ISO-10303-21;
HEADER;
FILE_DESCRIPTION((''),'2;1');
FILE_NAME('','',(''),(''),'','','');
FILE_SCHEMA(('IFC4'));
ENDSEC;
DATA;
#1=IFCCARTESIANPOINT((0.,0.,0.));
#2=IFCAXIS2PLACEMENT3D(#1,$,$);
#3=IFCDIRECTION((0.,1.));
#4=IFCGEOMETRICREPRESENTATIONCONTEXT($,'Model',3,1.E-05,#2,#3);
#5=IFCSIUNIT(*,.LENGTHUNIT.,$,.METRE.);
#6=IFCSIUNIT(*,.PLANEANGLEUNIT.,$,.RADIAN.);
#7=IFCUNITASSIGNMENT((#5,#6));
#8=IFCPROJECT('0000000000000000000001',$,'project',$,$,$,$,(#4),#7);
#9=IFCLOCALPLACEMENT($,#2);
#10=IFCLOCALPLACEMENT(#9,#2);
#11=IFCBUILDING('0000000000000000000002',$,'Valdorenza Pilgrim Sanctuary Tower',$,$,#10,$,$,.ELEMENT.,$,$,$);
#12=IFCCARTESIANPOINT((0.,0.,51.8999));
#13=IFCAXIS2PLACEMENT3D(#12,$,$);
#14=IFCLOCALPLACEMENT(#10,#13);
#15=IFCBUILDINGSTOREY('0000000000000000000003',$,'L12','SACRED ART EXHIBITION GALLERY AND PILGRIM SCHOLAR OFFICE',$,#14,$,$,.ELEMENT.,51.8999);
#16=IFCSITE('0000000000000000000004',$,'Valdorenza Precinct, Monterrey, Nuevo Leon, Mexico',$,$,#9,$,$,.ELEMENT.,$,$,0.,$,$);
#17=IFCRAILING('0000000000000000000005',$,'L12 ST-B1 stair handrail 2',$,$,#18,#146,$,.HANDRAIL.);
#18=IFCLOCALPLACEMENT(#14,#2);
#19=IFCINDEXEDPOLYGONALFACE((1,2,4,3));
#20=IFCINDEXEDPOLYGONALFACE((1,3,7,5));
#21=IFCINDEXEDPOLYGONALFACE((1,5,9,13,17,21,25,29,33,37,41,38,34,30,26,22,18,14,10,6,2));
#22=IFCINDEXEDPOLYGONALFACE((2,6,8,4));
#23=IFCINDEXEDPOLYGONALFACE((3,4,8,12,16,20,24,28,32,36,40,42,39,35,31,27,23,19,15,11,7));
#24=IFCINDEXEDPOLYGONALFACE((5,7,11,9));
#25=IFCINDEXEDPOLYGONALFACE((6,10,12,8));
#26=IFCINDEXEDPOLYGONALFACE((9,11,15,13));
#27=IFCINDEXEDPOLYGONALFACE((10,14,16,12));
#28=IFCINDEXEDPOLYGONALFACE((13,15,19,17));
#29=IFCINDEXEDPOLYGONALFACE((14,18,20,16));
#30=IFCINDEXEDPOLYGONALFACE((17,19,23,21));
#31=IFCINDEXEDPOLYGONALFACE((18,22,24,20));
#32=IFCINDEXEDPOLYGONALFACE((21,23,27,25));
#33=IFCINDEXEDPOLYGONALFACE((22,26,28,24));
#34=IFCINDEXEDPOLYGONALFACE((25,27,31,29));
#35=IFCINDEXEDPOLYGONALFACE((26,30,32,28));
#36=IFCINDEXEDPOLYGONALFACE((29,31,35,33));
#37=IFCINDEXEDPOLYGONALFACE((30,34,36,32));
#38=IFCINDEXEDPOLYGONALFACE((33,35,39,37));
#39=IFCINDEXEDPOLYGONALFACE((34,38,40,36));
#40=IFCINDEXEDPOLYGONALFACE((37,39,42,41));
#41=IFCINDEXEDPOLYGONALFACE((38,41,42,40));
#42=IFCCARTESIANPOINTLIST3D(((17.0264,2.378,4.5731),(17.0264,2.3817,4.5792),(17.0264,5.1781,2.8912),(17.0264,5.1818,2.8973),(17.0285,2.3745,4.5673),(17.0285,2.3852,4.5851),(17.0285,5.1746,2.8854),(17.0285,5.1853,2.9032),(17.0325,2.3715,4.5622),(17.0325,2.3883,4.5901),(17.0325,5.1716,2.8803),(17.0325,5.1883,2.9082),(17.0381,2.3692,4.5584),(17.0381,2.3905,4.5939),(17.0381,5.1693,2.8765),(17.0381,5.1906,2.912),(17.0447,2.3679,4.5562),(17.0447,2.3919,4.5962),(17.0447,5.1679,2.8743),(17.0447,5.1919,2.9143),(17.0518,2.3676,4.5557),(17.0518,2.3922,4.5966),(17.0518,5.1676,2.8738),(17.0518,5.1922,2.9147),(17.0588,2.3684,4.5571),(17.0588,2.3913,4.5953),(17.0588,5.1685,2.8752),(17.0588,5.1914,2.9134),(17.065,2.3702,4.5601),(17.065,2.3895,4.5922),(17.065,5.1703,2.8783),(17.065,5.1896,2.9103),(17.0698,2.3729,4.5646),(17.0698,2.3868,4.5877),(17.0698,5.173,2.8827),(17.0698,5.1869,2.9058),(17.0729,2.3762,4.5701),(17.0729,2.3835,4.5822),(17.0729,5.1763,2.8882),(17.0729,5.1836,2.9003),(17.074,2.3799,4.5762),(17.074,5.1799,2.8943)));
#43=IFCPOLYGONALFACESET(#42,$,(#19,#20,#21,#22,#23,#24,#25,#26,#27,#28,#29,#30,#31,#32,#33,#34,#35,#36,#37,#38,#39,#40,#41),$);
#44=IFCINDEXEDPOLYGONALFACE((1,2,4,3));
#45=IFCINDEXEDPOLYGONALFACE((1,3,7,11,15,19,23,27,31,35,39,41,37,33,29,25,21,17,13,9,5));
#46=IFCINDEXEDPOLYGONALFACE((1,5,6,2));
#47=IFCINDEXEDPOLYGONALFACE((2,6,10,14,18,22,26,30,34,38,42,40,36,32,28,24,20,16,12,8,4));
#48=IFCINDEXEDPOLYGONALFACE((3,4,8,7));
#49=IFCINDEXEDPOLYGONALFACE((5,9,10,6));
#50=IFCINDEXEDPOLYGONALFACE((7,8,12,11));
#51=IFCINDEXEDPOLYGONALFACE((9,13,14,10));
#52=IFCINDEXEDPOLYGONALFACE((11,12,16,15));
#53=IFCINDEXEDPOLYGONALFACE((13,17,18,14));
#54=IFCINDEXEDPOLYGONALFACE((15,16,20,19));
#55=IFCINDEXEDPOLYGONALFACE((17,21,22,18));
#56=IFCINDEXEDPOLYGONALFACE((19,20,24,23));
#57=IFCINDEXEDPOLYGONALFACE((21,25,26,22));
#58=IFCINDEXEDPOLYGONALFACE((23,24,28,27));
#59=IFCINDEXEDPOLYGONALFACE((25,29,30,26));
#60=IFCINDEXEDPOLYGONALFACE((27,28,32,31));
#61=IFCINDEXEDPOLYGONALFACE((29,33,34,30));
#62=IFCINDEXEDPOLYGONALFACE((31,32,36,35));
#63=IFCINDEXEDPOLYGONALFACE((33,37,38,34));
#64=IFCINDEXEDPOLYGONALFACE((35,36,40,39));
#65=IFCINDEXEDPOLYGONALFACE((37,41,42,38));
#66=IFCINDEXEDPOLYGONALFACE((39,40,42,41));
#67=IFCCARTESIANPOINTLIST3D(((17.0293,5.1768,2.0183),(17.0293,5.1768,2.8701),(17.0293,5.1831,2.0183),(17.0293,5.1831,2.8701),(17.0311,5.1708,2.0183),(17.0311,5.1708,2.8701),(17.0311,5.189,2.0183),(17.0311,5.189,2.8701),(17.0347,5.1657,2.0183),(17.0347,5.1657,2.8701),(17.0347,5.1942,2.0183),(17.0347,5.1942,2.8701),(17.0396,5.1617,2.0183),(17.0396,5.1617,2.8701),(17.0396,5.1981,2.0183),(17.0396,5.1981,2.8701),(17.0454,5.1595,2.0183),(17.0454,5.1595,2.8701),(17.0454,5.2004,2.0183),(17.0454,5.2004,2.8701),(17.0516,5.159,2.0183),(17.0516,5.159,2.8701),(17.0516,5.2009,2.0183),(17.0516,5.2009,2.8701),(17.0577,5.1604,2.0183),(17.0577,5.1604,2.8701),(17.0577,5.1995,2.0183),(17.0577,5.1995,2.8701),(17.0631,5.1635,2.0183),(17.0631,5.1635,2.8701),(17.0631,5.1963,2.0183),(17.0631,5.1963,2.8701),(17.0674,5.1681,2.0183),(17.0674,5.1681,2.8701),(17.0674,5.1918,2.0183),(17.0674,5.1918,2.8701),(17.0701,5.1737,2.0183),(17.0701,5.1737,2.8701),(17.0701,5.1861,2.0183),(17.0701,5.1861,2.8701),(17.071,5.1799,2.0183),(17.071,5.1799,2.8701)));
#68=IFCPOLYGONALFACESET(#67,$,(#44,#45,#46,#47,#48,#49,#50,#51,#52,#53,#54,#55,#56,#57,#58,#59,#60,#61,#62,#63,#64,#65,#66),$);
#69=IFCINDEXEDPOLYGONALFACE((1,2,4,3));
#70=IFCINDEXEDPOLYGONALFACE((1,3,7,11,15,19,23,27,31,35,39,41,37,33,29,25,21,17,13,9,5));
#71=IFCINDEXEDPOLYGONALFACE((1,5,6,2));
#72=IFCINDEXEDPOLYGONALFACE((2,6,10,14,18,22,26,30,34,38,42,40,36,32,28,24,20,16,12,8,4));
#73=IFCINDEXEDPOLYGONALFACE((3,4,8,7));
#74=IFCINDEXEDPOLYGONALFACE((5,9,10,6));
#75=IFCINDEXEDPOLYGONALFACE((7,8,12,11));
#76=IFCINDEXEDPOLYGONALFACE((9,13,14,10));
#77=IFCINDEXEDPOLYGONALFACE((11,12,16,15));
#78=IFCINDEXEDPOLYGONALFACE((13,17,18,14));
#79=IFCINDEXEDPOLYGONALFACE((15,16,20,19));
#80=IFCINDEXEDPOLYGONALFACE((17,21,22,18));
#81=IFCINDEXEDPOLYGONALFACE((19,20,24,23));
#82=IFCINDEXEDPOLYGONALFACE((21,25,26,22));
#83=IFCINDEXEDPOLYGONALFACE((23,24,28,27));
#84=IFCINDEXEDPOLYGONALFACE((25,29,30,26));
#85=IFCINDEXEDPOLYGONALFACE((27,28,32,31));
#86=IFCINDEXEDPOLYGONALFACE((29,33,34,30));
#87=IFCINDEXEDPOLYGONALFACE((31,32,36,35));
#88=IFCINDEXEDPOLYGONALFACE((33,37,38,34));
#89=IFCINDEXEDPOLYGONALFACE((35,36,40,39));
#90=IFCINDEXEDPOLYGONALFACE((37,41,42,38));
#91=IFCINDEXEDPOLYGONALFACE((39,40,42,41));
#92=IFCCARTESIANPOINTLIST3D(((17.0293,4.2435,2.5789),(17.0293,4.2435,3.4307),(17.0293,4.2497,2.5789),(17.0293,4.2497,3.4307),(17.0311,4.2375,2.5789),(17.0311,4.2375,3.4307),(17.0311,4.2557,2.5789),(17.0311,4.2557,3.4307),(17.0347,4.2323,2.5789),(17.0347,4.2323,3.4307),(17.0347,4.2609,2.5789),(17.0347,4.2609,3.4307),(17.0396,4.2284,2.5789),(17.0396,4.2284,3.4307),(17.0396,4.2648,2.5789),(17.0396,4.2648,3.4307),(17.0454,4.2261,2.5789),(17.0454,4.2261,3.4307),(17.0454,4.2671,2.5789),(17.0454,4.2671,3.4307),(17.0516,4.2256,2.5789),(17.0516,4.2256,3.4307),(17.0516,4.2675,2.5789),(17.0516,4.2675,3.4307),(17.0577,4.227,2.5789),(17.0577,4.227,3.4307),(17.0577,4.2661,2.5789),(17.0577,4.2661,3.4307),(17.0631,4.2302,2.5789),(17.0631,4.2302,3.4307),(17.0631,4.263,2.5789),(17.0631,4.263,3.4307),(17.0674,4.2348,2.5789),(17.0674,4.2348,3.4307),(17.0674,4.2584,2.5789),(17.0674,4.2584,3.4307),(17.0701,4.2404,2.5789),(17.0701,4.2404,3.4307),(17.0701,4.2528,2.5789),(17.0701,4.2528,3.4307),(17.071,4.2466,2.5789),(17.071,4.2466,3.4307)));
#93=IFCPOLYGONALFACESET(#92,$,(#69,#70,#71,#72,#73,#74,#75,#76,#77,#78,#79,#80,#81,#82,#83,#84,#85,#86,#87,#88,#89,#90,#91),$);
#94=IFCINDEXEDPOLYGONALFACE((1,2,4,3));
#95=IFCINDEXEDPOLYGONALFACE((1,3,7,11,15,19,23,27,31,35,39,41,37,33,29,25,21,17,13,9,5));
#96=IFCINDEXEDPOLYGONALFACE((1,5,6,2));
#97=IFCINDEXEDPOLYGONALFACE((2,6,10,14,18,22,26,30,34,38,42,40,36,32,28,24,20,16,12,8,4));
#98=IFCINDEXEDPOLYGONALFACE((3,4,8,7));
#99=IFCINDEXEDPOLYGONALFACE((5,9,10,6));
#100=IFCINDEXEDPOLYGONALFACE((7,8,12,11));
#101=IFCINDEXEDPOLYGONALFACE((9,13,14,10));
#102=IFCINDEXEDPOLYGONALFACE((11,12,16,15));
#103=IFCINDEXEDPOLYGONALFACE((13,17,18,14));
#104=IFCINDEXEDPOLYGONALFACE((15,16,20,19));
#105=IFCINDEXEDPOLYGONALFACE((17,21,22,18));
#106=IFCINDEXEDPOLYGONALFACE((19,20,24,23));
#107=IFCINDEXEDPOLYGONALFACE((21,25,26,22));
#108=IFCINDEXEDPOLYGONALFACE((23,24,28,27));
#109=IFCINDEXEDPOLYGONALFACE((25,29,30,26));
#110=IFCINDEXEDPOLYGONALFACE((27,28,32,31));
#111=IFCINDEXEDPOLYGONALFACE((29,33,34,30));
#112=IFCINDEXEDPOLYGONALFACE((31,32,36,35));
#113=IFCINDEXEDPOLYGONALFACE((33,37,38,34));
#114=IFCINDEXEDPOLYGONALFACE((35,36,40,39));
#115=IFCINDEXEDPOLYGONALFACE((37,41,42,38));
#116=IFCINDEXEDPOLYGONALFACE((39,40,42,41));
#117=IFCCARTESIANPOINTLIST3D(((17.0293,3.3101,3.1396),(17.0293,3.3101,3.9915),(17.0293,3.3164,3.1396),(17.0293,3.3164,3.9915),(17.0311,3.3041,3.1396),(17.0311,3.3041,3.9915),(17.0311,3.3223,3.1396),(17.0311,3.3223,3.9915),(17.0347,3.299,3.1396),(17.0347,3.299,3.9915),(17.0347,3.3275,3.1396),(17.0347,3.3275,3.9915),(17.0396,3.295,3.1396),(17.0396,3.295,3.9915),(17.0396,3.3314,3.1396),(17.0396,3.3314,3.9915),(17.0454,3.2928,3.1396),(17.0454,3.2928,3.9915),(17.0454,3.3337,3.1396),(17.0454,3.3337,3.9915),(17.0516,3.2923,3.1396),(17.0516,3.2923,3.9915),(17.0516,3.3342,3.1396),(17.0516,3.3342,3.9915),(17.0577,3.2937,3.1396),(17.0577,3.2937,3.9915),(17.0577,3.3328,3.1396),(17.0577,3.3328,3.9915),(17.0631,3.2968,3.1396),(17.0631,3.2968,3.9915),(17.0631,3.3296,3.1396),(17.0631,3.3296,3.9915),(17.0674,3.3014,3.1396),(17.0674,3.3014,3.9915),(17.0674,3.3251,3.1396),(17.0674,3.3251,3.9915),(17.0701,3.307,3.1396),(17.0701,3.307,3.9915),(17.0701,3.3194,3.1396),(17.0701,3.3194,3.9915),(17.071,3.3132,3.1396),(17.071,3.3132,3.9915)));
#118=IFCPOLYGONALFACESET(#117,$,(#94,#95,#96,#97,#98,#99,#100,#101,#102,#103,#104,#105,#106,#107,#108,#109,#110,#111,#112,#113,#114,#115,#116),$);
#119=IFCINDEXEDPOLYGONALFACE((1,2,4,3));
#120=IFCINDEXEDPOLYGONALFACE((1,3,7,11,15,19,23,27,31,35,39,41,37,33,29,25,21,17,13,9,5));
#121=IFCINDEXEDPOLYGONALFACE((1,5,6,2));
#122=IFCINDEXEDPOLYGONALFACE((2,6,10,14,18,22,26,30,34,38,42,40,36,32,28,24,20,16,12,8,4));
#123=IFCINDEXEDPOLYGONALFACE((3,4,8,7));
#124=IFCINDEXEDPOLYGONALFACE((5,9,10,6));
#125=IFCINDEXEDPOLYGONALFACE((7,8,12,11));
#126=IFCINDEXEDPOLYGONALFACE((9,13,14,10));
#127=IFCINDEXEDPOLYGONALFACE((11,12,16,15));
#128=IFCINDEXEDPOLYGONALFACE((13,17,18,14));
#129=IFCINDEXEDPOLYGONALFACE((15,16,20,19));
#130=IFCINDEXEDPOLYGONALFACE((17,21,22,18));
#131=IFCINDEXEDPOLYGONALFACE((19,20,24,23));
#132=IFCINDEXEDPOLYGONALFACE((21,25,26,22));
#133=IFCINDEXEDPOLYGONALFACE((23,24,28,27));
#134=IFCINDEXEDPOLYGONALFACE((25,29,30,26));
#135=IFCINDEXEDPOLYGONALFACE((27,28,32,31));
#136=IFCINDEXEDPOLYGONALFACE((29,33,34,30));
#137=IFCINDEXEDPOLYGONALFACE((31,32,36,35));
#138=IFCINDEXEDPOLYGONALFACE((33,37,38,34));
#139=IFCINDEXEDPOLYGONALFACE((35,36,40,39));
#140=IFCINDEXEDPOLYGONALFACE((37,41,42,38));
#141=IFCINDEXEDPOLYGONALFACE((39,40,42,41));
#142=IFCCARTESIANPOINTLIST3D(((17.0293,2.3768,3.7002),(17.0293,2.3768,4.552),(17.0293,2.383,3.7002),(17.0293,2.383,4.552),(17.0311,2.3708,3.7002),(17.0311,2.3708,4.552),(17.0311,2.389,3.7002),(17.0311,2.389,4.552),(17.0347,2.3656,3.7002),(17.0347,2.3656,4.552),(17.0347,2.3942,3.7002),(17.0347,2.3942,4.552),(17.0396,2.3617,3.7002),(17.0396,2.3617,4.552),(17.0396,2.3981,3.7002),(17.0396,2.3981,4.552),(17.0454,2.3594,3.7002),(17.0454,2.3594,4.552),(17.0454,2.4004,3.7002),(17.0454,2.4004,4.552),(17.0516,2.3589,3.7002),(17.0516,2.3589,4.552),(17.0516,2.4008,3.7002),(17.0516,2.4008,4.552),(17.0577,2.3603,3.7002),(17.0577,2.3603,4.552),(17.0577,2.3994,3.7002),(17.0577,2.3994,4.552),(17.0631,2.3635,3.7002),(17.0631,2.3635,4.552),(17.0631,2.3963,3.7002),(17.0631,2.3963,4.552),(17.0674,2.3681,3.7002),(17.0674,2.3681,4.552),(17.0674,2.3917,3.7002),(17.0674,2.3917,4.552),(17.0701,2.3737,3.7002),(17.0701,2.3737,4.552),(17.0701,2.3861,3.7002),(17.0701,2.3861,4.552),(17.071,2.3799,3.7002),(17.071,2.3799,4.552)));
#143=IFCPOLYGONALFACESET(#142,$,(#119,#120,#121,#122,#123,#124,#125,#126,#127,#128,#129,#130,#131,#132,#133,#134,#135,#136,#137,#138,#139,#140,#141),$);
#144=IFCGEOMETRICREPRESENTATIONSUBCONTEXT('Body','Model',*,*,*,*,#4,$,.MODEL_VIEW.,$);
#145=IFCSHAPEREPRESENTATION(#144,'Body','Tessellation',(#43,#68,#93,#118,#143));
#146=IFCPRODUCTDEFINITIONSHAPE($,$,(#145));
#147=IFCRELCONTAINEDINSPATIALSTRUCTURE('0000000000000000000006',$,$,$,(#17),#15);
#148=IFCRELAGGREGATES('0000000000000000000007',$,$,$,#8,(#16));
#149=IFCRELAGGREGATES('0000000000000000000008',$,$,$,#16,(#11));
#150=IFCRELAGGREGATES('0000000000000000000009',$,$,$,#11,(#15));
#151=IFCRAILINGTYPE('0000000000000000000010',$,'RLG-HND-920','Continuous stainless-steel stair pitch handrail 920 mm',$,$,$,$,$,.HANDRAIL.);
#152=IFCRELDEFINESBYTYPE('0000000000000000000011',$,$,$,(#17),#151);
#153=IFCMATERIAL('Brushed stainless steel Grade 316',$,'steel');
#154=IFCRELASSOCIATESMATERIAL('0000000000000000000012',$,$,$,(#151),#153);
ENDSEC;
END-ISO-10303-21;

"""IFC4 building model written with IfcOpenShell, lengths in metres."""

from ifc_helpers import new_model, si_unit, direction, frame, origin, origin_2d, place, context, subcontext, project, spatial, circle, extrude, material, type_object, element, save


model = new_model("IFC4")

# Units and contexts
model_context = context("Model", 3, precision=1e-05, world=origin(), true_north=direction((0.0, 1.0)))
body_context = subcontext(model_context, "Body", "Model", "MODEL_VIEW")
ifc_project = project(units=[si_unit("LENGTHUNIT", "METRE"), si_unit("PLANEANGLEUNIT", "RADIAN")], contexts=[model_context])

# Site, building, storey
site_placement = place(None, origin())
site = spatial("IfcSite", under=ifc_project, at=site_placement, Name="Valdorenza Precinct, Monterrey, Nuevo Leon, Mexico", CompositionType="ELEMENT", RefElevation=0.0)
building_placement = place(site_placement, origin())
building = spatial("IfcBuilding", under=site, at=building_placement, Name="Valdorenza Pilgrim Sanctuary Tower", CompositionType="ELEMENT")
storey_placement = place(building_placement, frame((0.0, 0.0, 51.8999)))
storey = spatial("IfcBuildingStorey", under=building, at=storey_placement, Name="L12", Description="SACRED ART EXHIBITION GALLERY AND PILGRIM SCHOLAR OFFICE", CompositionType="ELEMENT", Elevation=51.8999)

# Railing
ifc_material_1 = material(Name="Brushed stainless steel Grade 316", Category="steel")
railing_type_1 = type_object("IfcRailingType", Name="RLG-HND-920", Description="Continuous stainless-steel stair pitch handrail 920 mm", PredefinedType="HANDRAIL", material=ifc_material_1)
railing_1_placement = place(storey_placement, frame((17.05, 5.1799, 2.0183)))
element("IfcRailing", 1, at=railing_1_placement, inside=storey, type_object=railing_type_1, Name="L12 ST-B1 stair handrail 2", PredefinedType="HANDRAIL", context=body_context, shape_type="SweptSolid", body=[
    extrude(circle(Radius=0.0239, at=origin_2d()), frame((0.0, 0.0, 0.876), z_axis=(0.0, -0.857242, 0.514913), x_axis=(1.0, 0.0, 0.0)), (0.0, 0.0, 1.0), 3.2664),
    extrude(circle(Radius=0.021, at=origin_2d()), origin(), (0.0, 0.0, 1.0), 0.8518),
    extrude(circle(Radius=0.021, at=origin_2d()), frame((0.0, -0.9333, 0.5605)), (0.0, 0.0, 1.0), 0.8518),
    extrude(circle(Radius=0.021, at=origin_2d()), frame((0.0, -1.8667, 1.1213)), (0.0, 0.0, 1.0), 0.8518),
    extrude(circle(Radius=0.021, at=origin_2d()), frame((0.0, -2.8, 1.6819)), (0.0, 0.0, 1.0), 0.8518),
])

save(model, "model.ifc")
